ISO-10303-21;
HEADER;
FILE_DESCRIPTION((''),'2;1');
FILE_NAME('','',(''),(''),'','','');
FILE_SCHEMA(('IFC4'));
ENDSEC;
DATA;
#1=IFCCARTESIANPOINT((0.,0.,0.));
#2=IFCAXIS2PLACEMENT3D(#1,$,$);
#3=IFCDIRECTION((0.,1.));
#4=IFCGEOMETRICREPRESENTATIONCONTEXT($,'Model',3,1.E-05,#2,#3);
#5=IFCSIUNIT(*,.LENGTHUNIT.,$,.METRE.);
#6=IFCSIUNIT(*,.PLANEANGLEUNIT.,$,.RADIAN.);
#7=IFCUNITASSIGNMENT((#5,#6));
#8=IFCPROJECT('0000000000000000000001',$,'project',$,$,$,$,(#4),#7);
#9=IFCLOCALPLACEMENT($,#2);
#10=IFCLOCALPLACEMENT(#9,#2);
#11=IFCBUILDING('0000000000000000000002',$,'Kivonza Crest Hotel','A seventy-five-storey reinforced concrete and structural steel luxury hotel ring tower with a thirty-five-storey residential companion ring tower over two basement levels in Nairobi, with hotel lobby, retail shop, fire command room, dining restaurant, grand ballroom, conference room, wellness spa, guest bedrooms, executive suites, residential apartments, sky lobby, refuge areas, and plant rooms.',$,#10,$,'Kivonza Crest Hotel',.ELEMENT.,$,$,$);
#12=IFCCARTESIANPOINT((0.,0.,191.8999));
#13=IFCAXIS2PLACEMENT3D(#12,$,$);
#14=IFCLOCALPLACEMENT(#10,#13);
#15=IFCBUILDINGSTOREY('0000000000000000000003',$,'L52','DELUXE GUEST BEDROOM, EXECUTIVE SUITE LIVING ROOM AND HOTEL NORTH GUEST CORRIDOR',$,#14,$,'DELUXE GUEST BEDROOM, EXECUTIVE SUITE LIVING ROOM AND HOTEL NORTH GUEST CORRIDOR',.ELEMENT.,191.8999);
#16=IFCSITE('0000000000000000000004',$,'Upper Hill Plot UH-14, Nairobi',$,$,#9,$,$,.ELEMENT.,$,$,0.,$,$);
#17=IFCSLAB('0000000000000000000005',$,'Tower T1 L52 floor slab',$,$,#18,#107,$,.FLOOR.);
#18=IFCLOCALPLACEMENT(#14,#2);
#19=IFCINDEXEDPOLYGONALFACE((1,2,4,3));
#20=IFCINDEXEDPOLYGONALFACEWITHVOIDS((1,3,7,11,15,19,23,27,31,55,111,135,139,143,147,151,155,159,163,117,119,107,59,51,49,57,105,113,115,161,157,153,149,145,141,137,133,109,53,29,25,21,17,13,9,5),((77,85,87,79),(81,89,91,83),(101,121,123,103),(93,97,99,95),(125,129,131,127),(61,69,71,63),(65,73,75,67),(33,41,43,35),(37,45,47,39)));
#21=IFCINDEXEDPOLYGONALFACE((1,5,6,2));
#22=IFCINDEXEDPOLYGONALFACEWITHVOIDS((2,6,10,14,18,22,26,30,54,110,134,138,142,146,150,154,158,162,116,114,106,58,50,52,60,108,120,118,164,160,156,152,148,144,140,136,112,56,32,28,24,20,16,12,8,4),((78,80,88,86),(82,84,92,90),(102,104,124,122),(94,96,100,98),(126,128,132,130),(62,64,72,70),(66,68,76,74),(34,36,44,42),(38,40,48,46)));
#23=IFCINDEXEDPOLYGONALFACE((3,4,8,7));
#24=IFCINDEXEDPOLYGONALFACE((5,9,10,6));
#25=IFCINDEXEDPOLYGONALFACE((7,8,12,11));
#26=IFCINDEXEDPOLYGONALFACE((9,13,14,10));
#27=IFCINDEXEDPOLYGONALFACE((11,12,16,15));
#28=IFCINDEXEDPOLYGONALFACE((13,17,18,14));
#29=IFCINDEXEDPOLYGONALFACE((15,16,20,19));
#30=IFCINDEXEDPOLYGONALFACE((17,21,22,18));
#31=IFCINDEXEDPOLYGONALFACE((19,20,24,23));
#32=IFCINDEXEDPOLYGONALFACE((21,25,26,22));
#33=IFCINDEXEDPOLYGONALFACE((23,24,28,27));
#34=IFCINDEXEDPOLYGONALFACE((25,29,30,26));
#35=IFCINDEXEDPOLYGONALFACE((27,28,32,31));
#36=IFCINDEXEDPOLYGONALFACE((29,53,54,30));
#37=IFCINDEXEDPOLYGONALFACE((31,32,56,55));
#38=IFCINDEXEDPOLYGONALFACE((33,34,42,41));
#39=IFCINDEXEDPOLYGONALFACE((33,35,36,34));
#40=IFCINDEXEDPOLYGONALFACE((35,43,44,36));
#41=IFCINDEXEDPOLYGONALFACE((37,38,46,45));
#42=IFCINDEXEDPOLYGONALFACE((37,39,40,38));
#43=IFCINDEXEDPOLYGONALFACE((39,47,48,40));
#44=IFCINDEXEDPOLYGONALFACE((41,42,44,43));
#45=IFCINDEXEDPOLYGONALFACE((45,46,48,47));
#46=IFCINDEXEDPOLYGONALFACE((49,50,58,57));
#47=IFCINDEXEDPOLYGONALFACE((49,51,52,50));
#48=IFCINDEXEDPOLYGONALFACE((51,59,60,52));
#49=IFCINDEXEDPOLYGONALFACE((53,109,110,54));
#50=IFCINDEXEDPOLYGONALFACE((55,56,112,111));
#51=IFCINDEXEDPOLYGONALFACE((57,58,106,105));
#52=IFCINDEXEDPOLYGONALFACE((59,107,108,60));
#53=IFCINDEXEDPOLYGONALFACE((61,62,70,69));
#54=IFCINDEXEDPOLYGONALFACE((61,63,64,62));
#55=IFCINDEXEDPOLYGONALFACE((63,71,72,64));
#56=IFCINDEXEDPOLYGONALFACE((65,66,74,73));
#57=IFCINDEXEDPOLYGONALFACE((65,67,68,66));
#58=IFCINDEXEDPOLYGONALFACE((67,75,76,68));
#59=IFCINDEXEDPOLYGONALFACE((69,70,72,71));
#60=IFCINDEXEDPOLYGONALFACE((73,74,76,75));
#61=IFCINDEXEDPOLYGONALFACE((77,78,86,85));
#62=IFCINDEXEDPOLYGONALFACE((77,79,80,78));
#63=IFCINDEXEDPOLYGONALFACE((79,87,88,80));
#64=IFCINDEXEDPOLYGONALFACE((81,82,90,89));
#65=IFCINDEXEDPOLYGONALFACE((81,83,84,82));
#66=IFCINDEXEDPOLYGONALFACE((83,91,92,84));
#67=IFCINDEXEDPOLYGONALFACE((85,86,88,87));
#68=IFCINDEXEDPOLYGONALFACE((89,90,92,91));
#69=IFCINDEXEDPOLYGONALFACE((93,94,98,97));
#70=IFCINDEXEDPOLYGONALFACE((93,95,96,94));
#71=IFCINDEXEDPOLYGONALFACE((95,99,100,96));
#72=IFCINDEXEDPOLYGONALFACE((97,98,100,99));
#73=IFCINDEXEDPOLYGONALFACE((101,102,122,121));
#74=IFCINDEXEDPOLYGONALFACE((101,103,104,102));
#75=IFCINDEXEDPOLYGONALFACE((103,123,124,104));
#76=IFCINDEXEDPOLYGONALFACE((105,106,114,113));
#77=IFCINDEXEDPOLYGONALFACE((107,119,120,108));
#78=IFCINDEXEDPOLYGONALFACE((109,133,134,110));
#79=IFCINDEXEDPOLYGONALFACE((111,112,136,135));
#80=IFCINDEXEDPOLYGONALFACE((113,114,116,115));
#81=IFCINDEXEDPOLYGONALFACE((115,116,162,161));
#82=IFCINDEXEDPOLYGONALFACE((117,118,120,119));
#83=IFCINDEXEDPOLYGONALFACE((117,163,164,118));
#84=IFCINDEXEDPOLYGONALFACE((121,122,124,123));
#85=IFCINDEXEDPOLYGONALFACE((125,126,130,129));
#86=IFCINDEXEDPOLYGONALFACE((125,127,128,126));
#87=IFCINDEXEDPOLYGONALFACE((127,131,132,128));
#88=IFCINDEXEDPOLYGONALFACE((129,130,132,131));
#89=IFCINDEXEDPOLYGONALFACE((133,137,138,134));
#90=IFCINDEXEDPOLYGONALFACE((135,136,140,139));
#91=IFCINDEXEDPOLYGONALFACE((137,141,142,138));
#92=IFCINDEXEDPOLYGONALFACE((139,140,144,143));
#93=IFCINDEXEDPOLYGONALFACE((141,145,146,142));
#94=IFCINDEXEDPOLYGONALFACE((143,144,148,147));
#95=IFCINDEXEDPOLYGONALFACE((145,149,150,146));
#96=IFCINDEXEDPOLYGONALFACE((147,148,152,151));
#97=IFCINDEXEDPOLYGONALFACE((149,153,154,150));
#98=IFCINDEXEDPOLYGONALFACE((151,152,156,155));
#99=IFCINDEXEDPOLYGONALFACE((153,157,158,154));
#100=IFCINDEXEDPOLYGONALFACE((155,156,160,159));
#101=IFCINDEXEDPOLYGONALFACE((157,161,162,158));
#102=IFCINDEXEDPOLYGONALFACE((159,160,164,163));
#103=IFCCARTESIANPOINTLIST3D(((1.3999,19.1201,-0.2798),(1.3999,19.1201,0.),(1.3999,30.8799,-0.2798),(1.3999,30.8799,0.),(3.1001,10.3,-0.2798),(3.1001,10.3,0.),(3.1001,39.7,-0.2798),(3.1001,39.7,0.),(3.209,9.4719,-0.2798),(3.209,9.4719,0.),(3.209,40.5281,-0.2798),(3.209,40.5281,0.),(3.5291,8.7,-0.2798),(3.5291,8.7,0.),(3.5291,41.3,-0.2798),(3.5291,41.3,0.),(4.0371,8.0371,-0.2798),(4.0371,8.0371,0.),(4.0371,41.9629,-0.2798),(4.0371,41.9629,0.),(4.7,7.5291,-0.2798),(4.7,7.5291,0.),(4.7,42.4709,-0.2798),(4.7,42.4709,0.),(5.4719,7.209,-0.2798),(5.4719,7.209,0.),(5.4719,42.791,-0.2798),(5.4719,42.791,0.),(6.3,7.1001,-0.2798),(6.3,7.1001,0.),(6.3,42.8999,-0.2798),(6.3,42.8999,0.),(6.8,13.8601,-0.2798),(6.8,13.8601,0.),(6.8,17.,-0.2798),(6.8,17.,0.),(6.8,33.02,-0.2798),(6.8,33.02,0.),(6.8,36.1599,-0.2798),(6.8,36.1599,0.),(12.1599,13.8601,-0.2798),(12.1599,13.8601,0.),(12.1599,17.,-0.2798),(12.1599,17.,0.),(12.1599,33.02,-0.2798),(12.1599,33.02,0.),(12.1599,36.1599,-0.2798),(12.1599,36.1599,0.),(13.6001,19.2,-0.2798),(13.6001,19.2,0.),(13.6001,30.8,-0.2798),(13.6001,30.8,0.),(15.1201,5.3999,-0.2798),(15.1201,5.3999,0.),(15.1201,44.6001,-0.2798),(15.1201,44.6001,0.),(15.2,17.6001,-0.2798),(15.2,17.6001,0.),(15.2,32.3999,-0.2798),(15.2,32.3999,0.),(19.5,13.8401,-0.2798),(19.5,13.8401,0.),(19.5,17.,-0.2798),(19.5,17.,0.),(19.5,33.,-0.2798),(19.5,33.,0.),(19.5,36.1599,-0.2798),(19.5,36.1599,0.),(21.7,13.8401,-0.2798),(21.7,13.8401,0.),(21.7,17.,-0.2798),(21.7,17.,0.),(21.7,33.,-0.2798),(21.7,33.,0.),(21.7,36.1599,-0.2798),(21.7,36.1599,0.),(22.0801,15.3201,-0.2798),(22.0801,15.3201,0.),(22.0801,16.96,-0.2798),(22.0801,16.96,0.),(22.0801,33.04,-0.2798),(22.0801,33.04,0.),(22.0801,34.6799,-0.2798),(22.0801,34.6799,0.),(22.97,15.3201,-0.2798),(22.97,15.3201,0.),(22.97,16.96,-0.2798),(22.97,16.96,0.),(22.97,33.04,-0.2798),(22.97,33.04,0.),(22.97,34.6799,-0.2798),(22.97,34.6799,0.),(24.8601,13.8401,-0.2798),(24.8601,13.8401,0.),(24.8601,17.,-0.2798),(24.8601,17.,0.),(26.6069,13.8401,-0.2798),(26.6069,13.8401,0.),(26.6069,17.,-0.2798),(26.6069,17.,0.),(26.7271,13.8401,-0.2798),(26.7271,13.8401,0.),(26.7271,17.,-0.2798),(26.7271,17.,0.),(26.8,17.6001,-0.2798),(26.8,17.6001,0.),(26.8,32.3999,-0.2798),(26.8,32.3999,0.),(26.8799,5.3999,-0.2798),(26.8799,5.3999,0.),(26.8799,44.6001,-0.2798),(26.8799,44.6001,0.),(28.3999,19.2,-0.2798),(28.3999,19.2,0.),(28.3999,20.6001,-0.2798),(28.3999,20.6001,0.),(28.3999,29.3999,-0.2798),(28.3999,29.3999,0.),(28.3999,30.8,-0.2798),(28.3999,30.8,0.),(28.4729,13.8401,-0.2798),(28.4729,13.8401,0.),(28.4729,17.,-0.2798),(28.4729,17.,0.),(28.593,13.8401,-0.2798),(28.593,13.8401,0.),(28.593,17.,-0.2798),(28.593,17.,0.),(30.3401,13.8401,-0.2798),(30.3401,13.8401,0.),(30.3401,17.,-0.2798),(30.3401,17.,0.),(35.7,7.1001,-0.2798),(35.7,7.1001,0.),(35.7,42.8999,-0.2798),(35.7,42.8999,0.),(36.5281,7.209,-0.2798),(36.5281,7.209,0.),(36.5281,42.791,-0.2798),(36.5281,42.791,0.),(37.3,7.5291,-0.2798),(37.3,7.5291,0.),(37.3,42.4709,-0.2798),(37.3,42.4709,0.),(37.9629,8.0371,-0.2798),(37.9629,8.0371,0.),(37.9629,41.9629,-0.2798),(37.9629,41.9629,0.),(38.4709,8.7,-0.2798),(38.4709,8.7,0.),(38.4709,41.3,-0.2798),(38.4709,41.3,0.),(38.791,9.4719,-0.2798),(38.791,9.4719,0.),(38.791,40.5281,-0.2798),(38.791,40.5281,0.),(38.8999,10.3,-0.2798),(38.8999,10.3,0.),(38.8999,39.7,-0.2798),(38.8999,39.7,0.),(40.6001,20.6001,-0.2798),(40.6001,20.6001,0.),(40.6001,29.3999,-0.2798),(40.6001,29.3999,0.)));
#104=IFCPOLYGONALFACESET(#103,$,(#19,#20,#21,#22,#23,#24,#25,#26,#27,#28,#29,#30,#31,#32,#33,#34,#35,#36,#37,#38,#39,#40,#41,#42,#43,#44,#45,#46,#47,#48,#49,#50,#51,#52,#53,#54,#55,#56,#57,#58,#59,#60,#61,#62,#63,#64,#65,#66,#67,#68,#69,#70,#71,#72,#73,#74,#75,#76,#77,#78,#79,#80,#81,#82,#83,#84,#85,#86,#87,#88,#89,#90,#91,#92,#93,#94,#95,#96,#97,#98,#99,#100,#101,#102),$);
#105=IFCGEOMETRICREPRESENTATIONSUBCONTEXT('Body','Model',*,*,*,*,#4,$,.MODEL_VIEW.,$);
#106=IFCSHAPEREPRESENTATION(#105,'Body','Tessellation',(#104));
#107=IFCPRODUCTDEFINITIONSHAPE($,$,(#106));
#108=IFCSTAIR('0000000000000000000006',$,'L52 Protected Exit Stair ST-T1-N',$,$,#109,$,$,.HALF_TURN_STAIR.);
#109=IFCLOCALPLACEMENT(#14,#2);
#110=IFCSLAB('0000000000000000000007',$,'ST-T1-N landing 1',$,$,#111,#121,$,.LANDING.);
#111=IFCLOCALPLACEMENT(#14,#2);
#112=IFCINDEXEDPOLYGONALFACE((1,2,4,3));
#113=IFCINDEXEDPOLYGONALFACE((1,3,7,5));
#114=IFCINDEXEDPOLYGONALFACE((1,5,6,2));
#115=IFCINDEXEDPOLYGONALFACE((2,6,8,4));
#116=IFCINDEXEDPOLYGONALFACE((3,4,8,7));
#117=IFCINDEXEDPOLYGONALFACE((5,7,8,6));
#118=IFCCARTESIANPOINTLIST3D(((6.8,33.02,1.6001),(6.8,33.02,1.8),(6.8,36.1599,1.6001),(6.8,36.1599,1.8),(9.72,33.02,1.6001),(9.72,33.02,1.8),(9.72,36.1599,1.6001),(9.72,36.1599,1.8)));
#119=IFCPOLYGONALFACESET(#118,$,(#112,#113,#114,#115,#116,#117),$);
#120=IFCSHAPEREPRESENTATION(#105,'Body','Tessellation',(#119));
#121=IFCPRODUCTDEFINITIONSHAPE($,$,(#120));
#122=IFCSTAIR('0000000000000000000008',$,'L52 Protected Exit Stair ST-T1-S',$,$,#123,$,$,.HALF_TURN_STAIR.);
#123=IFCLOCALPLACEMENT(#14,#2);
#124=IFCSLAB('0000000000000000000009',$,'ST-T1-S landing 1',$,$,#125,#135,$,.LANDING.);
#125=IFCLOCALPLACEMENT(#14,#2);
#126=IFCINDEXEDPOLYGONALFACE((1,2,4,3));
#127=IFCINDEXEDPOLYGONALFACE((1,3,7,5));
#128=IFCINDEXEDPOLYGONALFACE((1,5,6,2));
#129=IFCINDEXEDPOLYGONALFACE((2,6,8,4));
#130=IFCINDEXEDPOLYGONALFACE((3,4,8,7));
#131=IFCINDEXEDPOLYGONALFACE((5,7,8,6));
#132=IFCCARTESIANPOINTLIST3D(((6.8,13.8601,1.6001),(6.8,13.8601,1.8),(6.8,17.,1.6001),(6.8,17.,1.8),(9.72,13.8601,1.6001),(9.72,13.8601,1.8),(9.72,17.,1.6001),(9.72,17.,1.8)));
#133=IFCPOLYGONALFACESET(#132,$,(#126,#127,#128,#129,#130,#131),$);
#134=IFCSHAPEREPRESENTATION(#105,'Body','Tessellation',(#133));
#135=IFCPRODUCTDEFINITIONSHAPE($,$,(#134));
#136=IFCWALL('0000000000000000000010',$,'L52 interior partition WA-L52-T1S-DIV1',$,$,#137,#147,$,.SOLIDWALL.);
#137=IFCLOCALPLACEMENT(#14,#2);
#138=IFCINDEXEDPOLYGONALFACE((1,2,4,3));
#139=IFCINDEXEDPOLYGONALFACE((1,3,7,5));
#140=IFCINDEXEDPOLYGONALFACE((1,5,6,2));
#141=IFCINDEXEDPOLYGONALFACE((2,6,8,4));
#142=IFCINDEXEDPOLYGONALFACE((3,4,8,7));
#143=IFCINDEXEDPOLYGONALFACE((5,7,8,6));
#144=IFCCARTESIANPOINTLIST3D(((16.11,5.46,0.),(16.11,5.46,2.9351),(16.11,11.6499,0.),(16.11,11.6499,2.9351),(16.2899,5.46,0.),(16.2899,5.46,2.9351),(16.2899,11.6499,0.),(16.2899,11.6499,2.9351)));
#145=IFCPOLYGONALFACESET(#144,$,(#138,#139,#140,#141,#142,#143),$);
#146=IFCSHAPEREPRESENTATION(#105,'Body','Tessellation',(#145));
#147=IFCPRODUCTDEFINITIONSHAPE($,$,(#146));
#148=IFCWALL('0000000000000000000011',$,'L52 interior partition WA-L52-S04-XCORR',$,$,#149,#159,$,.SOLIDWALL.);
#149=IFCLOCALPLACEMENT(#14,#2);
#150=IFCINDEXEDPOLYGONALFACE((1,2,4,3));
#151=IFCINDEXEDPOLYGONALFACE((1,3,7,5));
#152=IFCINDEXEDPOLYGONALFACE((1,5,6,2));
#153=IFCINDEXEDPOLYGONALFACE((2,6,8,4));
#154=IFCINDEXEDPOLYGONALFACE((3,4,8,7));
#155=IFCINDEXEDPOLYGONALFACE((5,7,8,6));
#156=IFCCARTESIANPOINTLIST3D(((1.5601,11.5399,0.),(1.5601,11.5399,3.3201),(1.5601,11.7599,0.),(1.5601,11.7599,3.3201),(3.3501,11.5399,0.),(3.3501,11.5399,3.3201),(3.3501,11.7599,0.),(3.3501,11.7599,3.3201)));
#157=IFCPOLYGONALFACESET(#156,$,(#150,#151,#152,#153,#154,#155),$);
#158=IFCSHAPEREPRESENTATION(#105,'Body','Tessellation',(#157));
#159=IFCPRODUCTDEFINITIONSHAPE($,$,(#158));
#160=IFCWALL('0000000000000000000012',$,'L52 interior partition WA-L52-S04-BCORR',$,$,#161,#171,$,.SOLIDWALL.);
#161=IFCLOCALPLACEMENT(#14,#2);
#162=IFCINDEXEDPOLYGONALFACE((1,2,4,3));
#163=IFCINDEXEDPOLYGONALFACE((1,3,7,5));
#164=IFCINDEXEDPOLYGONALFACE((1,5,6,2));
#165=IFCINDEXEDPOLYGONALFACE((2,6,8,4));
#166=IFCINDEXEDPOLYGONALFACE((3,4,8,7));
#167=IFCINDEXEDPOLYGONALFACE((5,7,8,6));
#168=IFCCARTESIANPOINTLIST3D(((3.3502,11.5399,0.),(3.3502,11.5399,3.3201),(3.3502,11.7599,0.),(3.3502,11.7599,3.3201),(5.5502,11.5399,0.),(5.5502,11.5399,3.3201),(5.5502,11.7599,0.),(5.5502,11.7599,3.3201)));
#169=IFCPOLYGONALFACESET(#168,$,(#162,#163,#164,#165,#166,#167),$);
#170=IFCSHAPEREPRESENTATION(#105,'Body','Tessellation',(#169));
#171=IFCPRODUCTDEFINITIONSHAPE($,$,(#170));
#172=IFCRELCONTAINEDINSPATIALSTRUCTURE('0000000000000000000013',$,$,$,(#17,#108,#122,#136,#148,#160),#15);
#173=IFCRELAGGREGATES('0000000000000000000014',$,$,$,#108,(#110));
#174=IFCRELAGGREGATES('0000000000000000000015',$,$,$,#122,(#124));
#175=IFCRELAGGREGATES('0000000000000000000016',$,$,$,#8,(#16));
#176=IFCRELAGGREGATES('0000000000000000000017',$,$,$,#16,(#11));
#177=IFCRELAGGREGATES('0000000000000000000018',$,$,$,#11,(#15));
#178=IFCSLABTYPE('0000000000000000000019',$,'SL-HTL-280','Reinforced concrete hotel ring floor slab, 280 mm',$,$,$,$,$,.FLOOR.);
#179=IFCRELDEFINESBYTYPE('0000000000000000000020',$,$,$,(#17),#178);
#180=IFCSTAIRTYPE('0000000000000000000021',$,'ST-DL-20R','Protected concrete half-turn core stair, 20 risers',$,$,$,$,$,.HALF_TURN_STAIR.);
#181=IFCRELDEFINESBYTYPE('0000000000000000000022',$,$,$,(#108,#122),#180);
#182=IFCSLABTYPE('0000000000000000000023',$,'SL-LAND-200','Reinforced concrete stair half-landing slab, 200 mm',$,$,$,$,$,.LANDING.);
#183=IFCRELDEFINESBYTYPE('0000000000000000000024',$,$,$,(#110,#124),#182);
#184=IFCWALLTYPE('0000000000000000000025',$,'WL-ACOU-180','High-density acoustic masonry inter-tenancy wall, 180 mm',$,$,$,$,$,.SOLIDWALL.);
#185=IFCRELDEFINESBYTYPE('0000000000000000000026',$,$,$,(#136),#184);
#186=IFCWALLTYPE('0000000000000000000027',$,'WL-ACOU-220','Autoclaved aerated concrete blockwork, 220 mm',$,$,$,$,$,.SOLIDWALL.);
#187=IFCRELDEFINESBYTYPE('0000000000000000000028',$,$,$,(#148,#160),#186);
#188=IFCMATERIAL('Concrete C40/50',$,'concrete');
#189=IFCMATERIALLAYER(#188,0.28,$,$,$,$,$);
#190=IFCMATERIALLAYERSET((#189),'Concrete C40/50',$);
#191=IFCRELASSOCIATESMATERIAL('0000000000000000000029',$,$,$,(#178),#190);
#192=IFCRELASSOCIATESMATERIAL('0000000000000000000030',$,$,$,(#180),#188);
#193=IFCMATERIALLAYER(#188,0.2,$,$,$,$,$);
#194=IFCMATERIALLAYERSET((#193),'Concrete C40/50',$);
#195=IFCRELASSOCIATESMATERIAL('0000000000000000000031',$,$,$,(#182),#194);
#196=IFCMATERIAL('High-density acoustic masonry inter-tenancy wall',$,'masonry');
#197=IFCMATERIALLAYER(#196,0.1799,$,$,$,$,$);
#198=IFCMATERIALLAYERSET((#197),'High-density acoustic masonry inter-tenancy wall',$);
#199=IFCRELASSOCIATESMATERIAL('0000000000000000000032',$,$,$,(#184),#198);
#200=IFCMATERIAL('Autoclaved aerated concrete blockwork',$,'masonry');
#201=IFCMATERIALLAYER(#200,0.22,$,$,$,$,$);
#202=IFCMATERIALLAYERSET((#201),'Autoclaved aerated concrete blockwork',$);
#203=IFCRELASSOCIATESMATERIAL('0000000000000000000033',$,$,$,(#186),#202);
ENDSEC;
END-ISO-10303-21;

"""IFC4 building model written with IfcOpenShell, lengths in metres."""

from ifc_helpers import new_model, si_unit, direction, frame, frame_2d, origin, place, context, subcontext, project, spatial, polyline, rectangle, outline, extrude, material, layer, layer_set, type_object, element, aggregate, save


model = new_model("IFC4")

# Units and contexts
model_context = context("Model", 3, precision=1e-05, world=origin(), true_north=direction((0.0, 1.0)))
body_context = subcontext(model_context, "Body", "Model", "MODEL_VIEW")
ifc_project = project(units=[si_unit("LENGTHUNIT", "METRE"), si_unit("PLANEANGLEUNIT", "RADIAN")], contexts=[model_context])

# Site, building, storey
site_placement = place(None, origin())
site = spatial("IfcSite", under=ifc_project, at=site_placement, Name="Upper Hill Plot UH-14, Nairobi", CompositionType="ELEMENT", RefElevation=0.0)
building_placement = place(site_placement, origin())
building = spatial("IfcBuilding", under=site, at=building_placement, Name="Kivonza Crest Hotel", Description="A seventy-five-storey reinforced concrete and structural steel luxury hotel ring tower with a thirty-five-storey residential companion ring tower over two basement levels in Nairobi, with hotel lobby, retail shop, fire command room, dining restaurant, grand ballroom, conference room, wellness spa, guest bedrooms, executive suites, residential apartments, sky lobby, refuge areas, and plant rooms.", LongName="Kivonza Crest Hotel", CompositionType="ELEMENT")
storey_placement = place(building_placement, frame((0.0, 0.0, 191.8999)))
storey = spatial("IfcBuildingStorey", under=building, at=storey_placement, Name="L52", Description="DELUXE GUEST BEDROOM, EXECUTIVE SUITE LIVING ROOM AND HOTEL NORTH GUEST CORRIDOR", LongName="DELUXE GUEST BEDROOM, EXECUTIVE SUITE LIVING ROOM AND HOTEL NORTH GUEST CORRIDOR", CompositionType="ELEMENT", Elevation=191.8999)

# Slab
ifc_material_1 = material(Name="Concrete C40/50", Category="concrete")
ifc_layer_1 = layer(ifc_material_1, 0.28)
ifc_layer_set_1 = layer_set([ifc_layer_1], Name="Concrete C40/50")
slab_type_1 = type_object("IfcSlabType", Name="SL-HTL-280", Description="Reinforced concrete hotel ring floor slab, 280 mm", PredefinedType="FLOOR", material=ifc_layer_set_1)
slab_1_placement = place(storey_placement, frame((0.0, 0.0, -0.2798)))
element("IfcSlab", 1, at=slab_1_placement, inside=storey, type_object=slab_type_1, Name="Tower T1 L52 floor slab", PredefinedType="FLOOR", context=body_context, shape_type="SweptSolid", body=[
    extrude(outline(polyline([(3.1001, 10.3), (3.209, 9.4719), (3.5291, 8.7), (4.0371, 8.0371), (4.7, 7.5291), (5.4719, 7.209), (6.3, 7.1001), (15.1201, 5.3999), (26.8799, 5.3999), (35.7, 7.1001), (36.5281, 7.209), (37.3, 7.5291), (37.9629, 8.0371), (38.4709, 8.7), (38.791, 9.4719), (38.8999, 10.3), (40.6001, 20.6001), (28.3999, 20.6001), (28.3999, 19.2), (26.8, 17.6001), (15.2, 17.6001), (13.6001, 19.2), (13.6001, 30.8), (15.2, 32.3999), (26.8, 32.3999), (28.3999, 30.8), (28.3999, 29.3999), (40.6001, 29.3999), (38.8999, 39.7), (38.791, 40.5281), (38.4709, 41.3), (37.9629, 41.9629), (37.3, 42.4709), (36.5281, 42.791), (35.7, 42.8999), (26.8799, 44.6001), (15.1201, 44.6001), (6.3, 42.8999), (5.4719, 42.791), (4.7, 42.4709), (4.0371, 41.9629), (3.5291, 41.3), (3.209, 40.5281), (3.1001, 39.7), (1.3999, 30.8799), (1.3999, 19.1201), (3.1001, 10.3)]), holes=[polyline([(6.8, 33.02), (12.1599, 33.02), (12.1599, 36.1599), (6.8, 36.1599), (6.8, 33.02)]), polyline([(6.8, 13.8601), (12.1599, 13.8601), (12.1599, 17.0), (6.8, 17.0), (6.8, 13.8601)]), polyline([(22.0801, 33.04), (22.97, 33.04), (22.97, 34.6799), (22.0801, 34.6799), (22.0801, 33.04)]), polyline([(22.0801, 15.3201), (22.97, 15.3201), (22.97, 16.96), (22.0801, 16.96), (22.0801, 15.3201)]), polyline([(19.5, 33.0), (21.7, 33.0), (21.7, 36.1599), (19.5, 36.1599), (19.5, 33.0)]), polyline([(19.5, 13.8401), (21.7, 13.8401), (21.7, 17.0), (19.5, 17.0), (19.5, 13.8401)]), polyline([(24.8601, 13.8401), (26.6069, 13.8401), (26.6069, 17.0), (24.8601, 17.0), (24.8601, 13.8401)]), polyline([(26.7271, 13.8401), (28.4729, 13.8401), (28.4729, 17.0), (26.7271, 17.0), (26.7271, 13.8401)]), polyline([(28.593, 13.8401), (30.3401, 13.8401), (30.3401, 17.0), (28.593, 17.0), (28.593, 13.8401)])]), origin(), (0.0, 0.0, 1.0), 0.2798),
])

# Stairs, slabs
stair_type = type_object("IfcStairType", Name="ST-DL-20R", Description="Protected concrete half-turn core stair, 20 risers", PredefinedType="HALF_TURN_STAIR", material=ifc_material_1)
stair_1_placement = place(storey_placement, origin())
stair_1 = element("IfcStair", 2, at=stair_1_placement, inside=storey, type_object=stair_type, Name="L52 Protected Exit Stair ST-T1-N", PredefinedType="HALF_TURN_STAIR")
ifc_layer_2 = layer(ifc_material_1, 0.2)
ifc_layer_set_2 = layer_set([ifc_layer_2], Name="Concrete C40/50")
slab_type_2 = type_object("IfcSlabType", Name="SL-LAND-200", Description="Reinforced concrete stair half-landing slab, 200 mm", PredefinedType="LANDING", material=ifc_layer_set_2)
slab_2_placement = place(storey_placement, frame((0.0, 0.0, 1.6001)))
slab_2 = element("IfcSlab", 3, at=slab_2_placement, type_object=slab_type_2, Name="ST-T1-N landing 1", PredefinedType="LANDING", context=body_context, shape_type="SweptSolid", body=[
    extrude(outline(polyline([(9.72, 36.1599), (6.8, 36.1599), (6.8, 33.02), (9.72, 33.02), (9.72, 36.1599)])), origin(), (0.0, 0.0, 1.0), 0.2),
])
aggregate(stair_1, [slab_2])
stair_2_placement = place(storey_placement, origin())
stair_2 = element("IfcStair", 4, at=stair_2_placement, inside=storey, type_object=stair_type, Name="L52 Protected Exit Stair ST-T1-S", PredefinedType="HALF_TURN_STAIR")
slab_3_placement = place(storey_placement, frame((0.0, 0.0, 1.6001)))
slab_3 = element("IfcSlab", 5, at=slab_3_placement, type_object=slab_type_2, Name="ST-T1-S landing 1", PredefinedType="LANDING", context=body_context, shape_type="SweptSolid", body=[
    extrude(outline(polyline([(9.72, 17.0), (6.8, 17.0), (6.8, 13.8601), (9.72, 13.8601), (9.72, 17.0)])), origin(), (0.0, 0.0, 1.0), 0.2),
])
aggregate(stair_2, [slab_3])

# Walls
ifc_material_2 = material(Name="High-density acoustic masonry inter-tenancy wall", Category="masonry")
ifc_layer_3 = layer(ifc_material_2, 0.1799)
ifc_layer_set_3 = layer_set([ifc_layer_3], Name="High-density acoustic masonry inter-tenancy wall")
wall_type_1 = type_object("IfcWallType", Name="WL-ACOU-180", Description="High-density acoustic masonry inter-tenancy wall, 180 mm", PredefinedType="SOLIDWALL", material=ifc_layer_set_3)
wall_1_placement = place(storey_placement, frame((16.2, 5.46, 0.0), z_axis=(0.0, 0.0, 1.0), x_axis=(0.0, 1.0, 0.0)))
element("IfcWall", 6, at=wall_1_placement, inside=storey, type_object=wall_type_1, Name="L52 interior partition WA-L52-T1S-DIV1", PredefinedType="SOLIDWALL", context=body_context, shape_type="SweptSolid", body=[
    extrude(rectangle(XDim=6.1899, YDim=0.1799, at=frame_2d((3.095, 0.0))), origin(), (0.0, 0.0, 1.0), 2.9351),
])
ifc_material_3 = material(Name="Autoclaved aerated concrete blockwork", Category="masonry")
ifc_layer_4 = layer(ifc_material_3, 0.22)
ifc_layer_set_4 = layer_set([ifc_layer_4], Name="Autoclaved aerated concrete blockwork")
wall_type_2 = type_object("IfcWallType", Name="WL-ACOU-220", Description="Autoclaved aerated concrete blockwork, 220 mm", PredefinedType="SOLIDWALL", material=ifc_layer_set_4)
wall_2_placement = place(storey_placement, frame((1.5601, 11.6499, 0.0), z_axis=(0.0, 0.0, 1.0), x_axis=(1.0, 0.0, 0.0)))
element("IfcWall", 7, at=wall_2_placement, inside=storey, type_object=wall_type_2, Name="L52 interior partition WA-L52-S04-XCORR", PredefinedType="SOLIDWALL", context=body_context, shape_type="SweptSolid", body=[
    extrude(rectangle(XDim=1.79, YDim=0.22, at=frame_2d((0.895, 0.0))), origin(), (0.0, 0.0, 1.0), 3.3201),
])
wall_3_placement = place(storey_placement, frame((3.3501, 11.6499, 0.0), z_axis=(0.0, 0.0, 1.0), x_axis=(1.0, 0.0, 0.0)))
element("IfcWall", 8, at=wall_3_placement, inside=storey, type_object=wall_type_2, Name="L52 interior partition WA-L52-S04-BCORR", PredefinedType="SOLIDWALL", context=body_context, shape_type="SweptSolid", body=[
    extrude(rectangle(XDim=2.2, YDim=0.22, at=frame_2d((1.1001, 0.0))), origin(), (0.0, 0.0, 1.0), 3.3201),
])

save(model, "model.ifc")
